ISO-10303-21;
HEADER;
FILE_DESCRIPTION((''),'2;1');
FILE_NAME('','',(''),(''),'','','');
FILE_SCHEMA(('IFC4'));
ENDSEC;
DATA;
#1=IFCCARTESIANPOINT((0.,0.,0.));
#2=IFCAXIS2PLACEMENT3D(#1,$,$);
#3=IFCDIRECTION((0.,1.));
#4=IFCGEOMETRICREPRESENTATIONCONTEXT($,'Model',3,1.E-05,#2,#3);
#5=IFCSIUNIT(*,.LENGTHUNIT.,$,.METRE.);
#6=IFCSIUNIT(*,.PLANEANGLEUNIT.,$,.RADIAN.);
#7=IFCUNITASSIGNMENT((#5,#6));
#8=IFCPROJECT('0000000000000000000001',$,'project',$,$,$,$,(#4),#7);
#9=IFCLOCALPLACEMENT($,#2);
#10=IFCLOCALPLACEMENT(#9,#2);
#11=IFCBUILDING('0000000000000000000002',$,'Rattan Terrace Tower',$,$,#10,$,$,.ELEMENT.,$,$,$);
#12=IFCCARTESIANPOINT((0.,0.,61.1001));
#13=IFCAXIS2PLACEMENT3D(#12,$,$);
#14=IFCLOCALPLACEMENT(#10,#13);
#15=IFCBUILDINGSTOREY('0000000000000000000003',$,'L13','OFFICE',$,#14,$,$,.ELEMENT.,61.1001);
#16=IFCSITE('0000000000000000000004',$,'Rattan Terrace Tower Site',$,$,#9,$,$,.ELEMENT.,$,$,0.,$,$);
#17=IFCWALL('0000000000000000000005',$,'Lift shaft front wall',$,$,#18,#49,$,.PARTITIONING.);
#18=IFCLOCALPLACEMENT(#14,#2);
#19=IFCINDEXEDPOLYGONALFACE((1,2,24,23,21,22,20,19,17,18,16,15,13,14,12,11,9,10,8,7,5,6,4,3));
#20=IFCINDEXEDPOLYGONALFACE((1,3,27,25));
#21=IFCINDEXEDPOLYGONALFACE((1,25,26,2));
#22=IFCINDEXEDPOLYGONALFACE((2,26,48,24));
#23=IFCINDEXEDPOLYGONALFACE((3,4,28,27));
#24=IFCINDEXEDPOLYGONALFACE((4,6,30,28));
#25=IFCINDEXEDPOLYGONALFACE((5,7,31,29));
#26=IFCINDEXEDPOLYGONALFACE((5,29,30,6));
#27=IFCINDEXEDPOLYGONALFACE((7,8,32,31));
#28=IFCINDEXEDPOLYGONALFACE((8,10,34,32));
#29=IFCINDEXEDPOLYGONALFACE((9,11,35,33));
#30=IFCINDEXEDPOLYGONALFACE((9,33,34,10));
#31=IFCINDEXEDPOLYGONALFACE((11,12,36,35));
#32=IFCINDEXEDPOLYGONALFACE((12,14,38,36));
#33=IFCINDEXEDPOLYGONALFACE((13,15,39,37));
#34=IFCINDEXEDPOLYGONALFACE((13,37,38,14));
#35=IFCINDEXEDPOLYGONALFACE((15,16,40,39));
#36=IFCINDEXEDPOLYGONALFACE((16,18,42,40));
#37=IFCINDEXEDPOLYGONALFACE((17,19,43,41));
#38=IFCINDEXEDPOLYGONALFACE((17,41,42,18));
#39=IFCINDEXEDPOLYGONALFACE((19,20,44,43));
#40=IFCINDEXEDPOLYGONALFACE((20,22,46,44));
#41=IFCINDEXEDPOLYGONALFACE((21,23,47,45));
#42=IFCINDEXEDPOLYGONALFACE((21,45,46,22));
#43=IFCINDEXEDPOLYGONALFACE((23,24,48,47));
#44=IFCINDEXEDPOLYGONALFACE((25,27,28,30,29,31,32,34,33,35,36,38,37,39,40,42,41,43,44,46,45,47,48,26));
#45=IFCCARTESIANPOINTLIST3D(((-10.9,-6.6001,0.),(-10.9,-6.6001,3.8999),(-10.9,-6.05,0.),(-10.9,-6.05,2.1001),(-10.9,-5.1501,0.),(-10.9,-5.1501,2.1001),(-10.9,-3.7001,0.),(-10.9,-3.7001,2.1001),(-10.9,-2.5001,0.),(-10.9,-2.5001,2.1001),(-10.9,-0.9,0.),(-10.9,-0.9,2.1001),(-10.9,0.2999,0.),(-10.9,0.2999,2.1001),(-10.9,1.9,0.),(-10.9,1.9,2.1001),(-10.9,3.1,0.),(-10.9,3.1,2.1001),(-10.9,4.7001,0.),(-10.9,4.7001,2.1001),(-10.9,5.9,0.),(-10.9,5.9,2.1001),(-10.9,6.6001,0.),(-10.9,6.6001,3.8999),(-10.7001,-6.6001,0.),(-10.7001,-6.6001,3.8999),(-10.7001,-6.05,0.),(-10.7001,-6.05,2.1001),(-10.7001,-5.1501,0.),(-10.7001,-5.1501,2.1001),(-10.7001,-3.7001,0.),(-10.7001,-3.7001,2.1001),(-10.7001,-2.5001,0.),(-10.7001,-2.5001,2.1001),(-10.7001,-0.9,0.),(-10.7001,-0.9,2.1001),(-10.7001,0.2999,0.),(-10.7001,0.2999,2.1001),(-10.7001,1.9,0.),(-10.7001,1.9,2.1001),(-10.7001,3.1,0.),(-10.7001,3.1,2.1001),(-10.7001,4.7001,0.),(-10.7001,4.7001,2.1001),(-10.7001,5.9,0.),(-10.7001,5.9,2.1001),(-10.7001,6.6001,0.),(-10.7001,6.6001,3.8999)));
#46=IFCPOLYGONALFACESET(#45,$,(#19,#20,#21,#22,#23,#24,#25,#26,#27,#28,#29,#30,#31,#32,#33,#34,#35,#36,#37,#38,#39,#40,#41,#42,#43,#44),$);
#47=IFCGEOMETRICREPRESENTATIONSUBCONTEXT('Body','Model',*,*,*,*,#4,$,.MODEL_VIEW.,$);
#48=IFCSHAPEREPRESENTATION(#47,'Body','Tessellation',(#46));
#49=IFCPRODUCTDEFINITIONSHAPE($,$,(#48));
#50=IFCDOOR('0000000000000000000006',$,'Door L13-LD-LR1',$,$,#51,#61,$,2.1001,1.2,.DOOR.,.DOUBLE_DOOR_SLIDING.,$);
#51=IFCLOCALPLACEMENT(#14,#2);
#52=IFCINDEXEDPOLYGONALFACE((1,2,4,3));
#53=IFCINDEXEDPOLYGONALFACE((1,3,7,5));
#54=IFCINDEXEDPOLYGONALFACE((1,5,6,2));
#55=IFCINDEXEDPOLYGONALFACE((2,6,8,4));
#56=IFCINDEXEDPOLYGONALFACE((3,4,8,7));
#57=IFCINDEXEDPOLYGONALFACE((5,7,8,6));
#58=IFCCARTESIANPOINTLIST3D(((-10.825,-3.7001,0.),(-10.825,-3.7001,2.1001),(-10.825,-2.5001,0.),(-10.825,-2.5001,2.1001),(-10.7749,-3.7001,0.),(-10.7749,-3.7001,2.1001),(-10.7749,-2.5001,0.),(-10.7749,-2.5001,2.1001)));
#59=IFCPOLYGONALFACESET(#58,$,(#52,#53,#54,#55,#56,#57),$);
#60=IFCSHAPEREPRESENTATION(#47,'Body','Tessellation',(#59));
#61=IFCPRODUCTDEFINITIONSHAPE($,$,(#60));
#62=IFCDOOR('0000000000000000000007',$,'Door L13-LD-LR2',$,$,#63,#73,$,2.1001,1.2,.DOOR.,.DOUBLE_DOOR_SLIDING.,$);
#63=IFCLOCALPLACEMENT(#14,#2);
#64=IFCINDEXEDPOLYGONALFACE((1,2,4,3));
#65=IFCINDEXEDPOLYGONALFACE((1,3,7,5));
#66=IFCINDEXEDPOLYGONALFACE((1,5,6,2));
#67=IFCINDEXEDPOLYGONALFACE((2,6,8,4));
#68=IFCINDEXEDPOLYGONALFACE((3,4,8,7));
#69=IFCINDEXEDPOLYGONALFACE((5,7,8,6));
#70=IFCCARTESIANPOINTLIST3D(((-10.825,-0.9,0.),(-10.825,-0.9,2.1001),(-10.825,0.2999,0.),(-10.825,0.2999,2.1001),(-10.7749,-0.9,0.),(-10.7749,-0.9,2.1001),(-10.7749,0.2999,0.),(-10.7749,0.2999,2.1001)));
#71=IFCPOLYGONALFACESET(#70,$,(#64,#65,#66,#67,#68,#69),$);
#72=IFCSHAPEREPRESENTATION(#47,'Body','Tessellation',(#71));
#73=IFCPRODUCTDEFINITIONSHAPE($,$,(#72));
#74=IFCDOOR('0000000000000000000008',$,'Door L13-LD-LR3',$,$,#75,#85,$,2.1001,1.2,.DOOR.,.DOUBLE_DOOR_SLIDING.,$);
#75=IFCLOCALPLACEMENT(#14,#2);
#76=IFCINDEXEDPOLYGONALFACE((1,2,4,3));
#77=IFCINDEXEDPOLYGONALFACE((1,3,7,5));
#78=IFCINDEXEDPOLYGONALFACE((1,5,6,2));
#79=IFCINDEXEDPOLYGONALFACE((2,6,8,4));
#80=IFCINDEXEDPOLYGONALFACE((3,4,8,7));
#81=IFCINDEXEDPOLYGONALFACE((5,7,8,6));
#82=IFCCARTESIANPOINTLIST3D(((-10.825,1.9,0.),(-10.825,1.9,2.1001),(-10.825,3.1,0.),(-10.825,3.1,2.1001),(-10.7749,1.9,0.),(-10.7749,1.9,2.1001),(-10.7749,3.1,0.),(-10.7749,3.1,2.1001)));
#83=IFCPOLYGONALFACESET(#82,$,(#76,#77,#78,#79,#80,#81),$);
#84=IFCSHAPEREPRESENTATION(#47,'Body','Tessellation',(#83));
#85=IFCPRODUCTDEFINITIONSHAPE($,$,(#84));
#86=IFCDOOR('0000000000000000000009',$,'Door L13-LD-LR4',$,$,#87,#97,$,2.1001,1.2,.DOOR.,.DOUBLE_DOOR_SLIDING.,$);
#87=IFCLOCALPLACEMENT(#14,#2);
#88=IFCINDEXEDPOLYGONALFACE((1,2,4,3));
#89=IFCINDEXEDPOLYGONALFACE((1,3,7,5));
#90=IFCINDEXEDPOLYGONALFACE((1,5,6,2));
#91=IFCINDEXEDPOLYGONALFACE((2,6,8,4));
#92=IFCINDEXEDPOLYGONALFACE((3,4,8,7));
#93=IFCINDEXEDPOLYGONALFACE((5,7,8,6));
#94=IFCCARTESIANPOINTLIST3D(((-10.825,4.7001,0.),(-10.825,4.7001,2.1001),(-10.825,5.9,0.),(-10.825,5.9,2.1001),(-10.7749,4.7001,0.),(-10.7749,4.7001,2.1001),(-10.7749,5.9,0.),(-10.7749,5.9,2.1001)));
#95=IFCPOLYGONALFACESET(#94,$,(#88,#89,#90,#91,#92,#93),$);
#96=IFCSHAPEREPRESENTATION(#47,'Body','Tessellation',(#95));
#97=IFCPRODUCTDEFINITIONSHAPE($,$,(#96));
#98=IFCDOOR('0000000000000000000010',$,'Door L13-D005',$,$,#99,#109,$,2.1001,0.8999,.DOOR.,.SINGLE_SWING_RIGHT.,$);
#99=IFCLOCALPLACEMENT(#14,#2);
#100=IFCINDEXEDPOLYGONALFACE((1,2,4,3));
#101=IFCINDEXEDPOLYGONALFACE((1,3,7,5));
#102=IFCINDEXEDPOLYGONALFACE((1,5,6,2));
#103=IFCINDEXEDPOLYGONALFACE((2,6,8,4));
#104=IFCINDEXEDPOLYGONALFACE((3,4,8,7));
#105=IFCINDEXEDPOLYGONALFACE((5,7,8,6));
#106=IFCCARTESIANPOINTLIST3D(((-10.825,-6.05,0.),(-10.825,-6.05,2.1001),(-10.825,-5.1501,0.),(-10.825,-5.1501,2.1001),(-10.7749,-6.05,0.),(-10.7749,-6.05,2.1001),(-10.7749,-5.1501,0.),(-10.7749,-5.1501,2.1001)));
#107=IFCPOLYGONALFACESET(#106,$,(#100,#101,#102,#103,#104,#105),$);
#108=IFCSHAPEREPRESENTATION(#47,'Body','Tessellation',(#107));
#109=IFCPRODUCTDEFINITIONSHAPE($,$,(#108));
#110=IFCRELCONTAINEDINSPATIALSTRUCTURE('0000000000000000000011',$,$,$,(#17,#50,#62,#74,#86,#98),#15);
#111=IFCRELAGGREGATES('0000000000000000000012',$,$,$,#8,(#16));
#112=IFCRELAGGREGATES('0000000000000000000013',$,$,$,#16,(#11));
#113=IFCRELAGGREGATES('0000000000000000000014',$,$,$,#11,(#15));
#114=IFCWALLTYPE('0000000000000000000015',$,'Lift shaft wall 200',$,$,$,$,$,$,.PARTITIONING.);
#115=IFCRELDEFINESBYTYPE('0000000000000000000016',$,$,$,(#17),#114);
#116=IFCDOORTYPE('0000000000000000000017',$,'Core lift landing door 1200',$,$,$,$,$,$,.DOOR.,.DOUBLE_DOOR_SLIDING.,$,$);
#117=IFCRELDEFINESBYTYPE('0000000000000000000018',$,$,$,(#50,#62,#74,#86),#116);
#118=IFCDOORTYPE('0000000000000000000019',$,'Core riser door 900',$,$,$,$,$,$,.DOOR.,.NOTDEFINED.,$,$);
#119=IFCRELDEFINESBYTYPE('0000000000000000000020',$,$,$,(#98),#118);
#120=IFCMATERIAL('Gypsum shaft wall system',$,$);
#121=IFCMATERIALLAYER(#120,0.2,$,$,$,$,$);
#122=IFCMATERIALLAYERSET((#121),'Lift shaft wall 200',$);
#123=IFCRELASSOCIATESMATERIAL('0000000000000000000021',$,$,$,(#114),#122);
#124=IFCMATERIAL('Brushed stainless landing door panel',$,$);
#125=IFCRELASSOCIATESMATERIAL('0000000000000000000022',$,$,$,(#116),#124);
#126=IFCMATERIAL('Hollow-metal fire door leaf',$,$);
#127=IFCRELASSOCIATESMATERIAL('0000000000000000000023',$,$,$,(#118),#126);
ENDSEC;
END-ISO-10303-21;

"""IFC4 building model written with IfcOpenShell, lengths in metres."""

from ifc_helpers import new_model, si_unit, direction, frame, frame_2d, origin, place, context, subcontext, project, spatial, rectangle, extrude, material, layer, layer_set, type_object, element, fill, save


model = new_model("IFC4")

# Units and contexts
model_context = context("Model", 3, precision=1e-05, world=origin(), true_north=direction((0.0, 1.0)))
body_context = subcontext(model_context, "Body", "Model", "MODEL_VIEW")
ifc_project = project(units=[si_unit("LENGTHUNIT", "METRE"), si_unit("PLANEANGLEUNIT", "RADIAN")], contexts=[model_context])

# Site, building, storey
site_placement = place(None, origin())
site = spatial("IfcSite", under=ifc_project, at=site_placement, Name="Rattan Terrace Tower Site", CompositionType="ELEMENT", RefElevation=0.0)
building_placement = place(site_placement, origin())
building = spatial("IfcBuilding", under=site, at=building_placement, Name="Rattan Terrace Tower", CompositionType="ELEMENT")
storey_placement = place(building_placement, frame((0.0, 0.0, 61.1001)))
storey = spatial("IfcBuildingStorey", under=building, at=storey_placement, Name="L13", Description="OFFICE", CompositionType="ELEMENT", Elevation=61.1001)

# Wall, openings, doors
ifc_material_1 = material(Name="Gypsum shaft wall system")
ifc_layer_1 = layer(ifc_material_1, 0.2)
ifc_layer_set_1 = layer_set([ifc_layer_1], Name="Lift shaft wall 200")
wall_type_1 = type_object("IfcWallType", Name="Lift shaft wall 200", PredefinedType="PARTITIONING", material=ifc_layer_set_1)
wall_1_placement = place(storey_placement, frame((-10.8, -6.6001, 0.0), z_axis=(0.0, 0.0, 1.0), x_axis=(0.0, 1.0, 0.0)))
wall_1 = element("IfcWall", 1, at=wall_1_placement, inside=storey, type_object=wall_type_1, Name="Lift shaft front wall", PredefinedType="PARTITIONING", context=body_context, shape_type="SweptSolid", body=[
    extrude(rectangle(XDim=13.2002, YDim=0.2, at=frame_2d((6.6001, 0.0))), origin(), (0.0, 0.0, 1.0), 3.8999),
])
opening_1_placement = place(wall_1_placement, frame((0.55, 0.0, 0.0)))
opening_1 = element("IfcOpeningElement", 2, at=opening_1_placement, cuts=wall_1, PredefinedType="OPENING", context=body_context, shape_type="SweptSolid", body=[
    extrude(rectangle(XDim=0.8999, YDim=2.1001, at=frame_2d((0.45, 1.05))), frame((0.0, 0.1106, 0.0), z_axis=(0.0, -1.0, 0.0), x_axis=(1.0, 0.0, 0.0)), (0.0, 0.0, 1.0), 0.2209),
])
opening_2_placement = place(wall_1_placement, frame((2.8999, 0.0, 0.0)))
opening_2 = element("IfcOpeningElement", 3, at=opening_2_placement, cuts=wall_1, PredefinedType="OPENING", context=body_context, shape_type="SweptSolid", body=[
    extrude(rectangle(XDim=1.2, YDim=2.1001, at=frame_2d((0.6001, 1.05))), frame((0.0, 0.1106, 0.0), z_axis=(0.0, -1.0, 0.0), x_axis=(1.0, 0.0, 0.0)), (0.0, 0.0, 1.0), 0.2209),
])
opening_3_placement = place(wall_1_placement, frame((5.7, 0.0, 0.0)))
opening_3 = element("IfcOpeningElement", 4, at=opening_3_placement, cuts=wall_1, PredefinedType="OPENING", context=body_context, shape_type="SweptSolid", body=[
    extrude(rectangle(XDim=1.2, YDim=2.1001, at=frame_2d((0.6001, 1.05))), frame((0.0, 0.1106, 0.0), z_axis=(0.0, -1.0, 0.0), x_axis=(1.0, 0.0, 0.0)), (0.0, 0.0, 1.0), 0.2209),
])
opening_4_placement = place(wall_1_placement, frame((8.5, 0.0, 0.0)))
opening_4 = element("IfcOpeningElement", 5, at=opening_4_placement, cuts=wall_1, PredefinedType="OPENING", context=body_context, shape_type="SweptSolid", body=[
    extrude(rectangle(XDim=1.2, YDim=2.1001, at=frame_2d((0.6001, 1.05))), frame((0.0, 0.1106, 0.0), z_axis=(0.0, -1.0, 0.0), x_axis=(1.0, 0.0, 0.0)), (0.0, 0.0, 1.0), 0.2209),
])
opening_5_placement = place(wall_1_placement, frame((11.3, 0.0, 0.0)))
opening_5 = element("IfcOpeningElement", 6, at=opening_5_placement, cuts=wall_1, PredefinedType="OPENING", context=body_context, shape_type="SweptSolid", body=[
    extrude(rectangle(XDim=1.2, YDim=2.1001, at=frame_2d((0.6001, 1.05))), frame((0.0, 0.1106, 0.0), z_axis=(0.0, -1.0, 0.0), x_axis=(1.0, 0.0, 0.0)), (0.0, 0.0, 1.0), 0.2209),
])
ifc_material_2 = material(Name="Brushed stainless landing door panel")
door_type_1 = type_object("IfcDoorType", Name="Core lift landing door 1200", OperationType="DOUBLE_DOOR_SLIDING", PredefinedType="DOOR", material=ifc_material_2)
door_1_placement = place(opening_2_placement, origin())
door_1 = element("IfcDoor", 7, at=door_1_placement, inside=storey, type_object=door_type_1, Name="Door L13-LD-LR1", OperationType="DOUBLE_DOOR_SLIDING", OverallHeight=2.1001, OverallWidth=1.2, PredefinedType="DOOR", context=body_context, shape_type="SweptSolid", body=[
    extrude(rectangle(XDim=1.2, YDim=2.1001, at=frame_2d((0.6001, 1.05))), frame((0.0, 0.0249, 0.0), z_axis=(0.0, -1.0, 0.0), x_axis=(1.0, 0.0, 0.0)), (0.0, 0.0, 1.0), 0.05),
])
fill(opening_2, door_1)
door_2_placement = place(opening_3_placement, origin())
door_2 = element("IfcDoor", 8, at=door_2_placement, inside=storey, type_object=door_type_1, Name="Door L13-LD-LR2", OperationType="DOUBLE_DOOR_SLIDING", OverallHeight=2.1001, OverallWidth=1.2, PredefinedType="DOOR", context=body_context, shape_type="SweptSolid", body=[
    extrude(rectangle(XDim=1.2, YDim=2.1001, at=frame_2d((0.6001, 1.05))), frame((0.0, 0.0249, 0.0), z_axis=(0.0, -1.0, 0.0), x_axis=(1.0, 0.0, 0.0)), (0.0, 0.0, 1.0), 0.05),
])
fill(opening_3, door_2)
door_3_placement = place(opening_4_placement, origin())
door_3 = element("IfcDoor", 9, at=door_3_placement, inside=storey, type_object=door_type_1, Name="Door L13-LD-LR3", OperationType="DOUBLE_DOOR_SLIDING", OverallHeight=2.1001, OverallWidth=1.2, PredefinedType="DOOR", context=body_context, shape_type="SweptSolid", body=[
    extrude(rectangle(XDim=1.2, YDim=2.1001, at=frame_2d((0.6001, 1.05))), frame((0.0, 0.0249, 0.0), z_axis=(0.0, -1.0, 0.0), x_axis=(1.0, 0.0, 0.0)), (0.0, 0.0, 1.0), 0.05),
])
fill(opening_4, door_3)
door_4_placement = place(opening_5_placement, origin())
door_4 = element("IfcDoor", 10, at=door_4_placement, inside=storey, type_object=door_type_1, Name="Door L13-LD-LR4", OperationType="DOUBLE_DOOR_SLIDING", OverallHeight=2.1001, OverallWidth=1.2, PredefinedType="DOOR", context=body_context, shape_type="SweptSolid", body=[
    extrude(rectangle(XDim=1.2, YDim=2.1001, at=frame_2d((0.6001, 1.05))), frame((0.0, 0.0249, 0.0), z_axis=(0.0, -1.0, 0.0), x_axis=(1.0, 0.0, 0.0)), (0.0, 0.0, 1.0), 0.05),
])
fill(opening_5, door_4)
ifc_material_3 = material(Name="Hollow-metal fire door leaf")
door_type_2 = type_object("IfcDoorType", Name="Core riser door 900", OperationType="NOTDEFINED", PredefinedType="DOOR", material=ifc_material_3)
door_5_placement = place(opening_1_placement, origin())
door_5 = element("IfcDoor", 11, at=door_5_placement, inside=storey, type_object=door_type_2, Name="Door L13-D005", OperationType="SINGLE_SWING_RIGHT", OverallHeight=2.1001, OverallWidth=0.8999, PredefinedType="DOOR", context=body_context, shape_type="SweptSolid", body=[
    extrude(rectangle(XDim=0.8999, YDim=2.1001, at=frame_2d((0.45, 1.05))), frame((0.0, 0.0249, 0.0), z_axis=(0.0, -1.0, 0.0), x_axis=(1.0, 0.0, 0.0)), (0.0, 0.0, 1.0), 0.05),
])
fill(opening_1, door_5)

save(model, "model.ifc")
